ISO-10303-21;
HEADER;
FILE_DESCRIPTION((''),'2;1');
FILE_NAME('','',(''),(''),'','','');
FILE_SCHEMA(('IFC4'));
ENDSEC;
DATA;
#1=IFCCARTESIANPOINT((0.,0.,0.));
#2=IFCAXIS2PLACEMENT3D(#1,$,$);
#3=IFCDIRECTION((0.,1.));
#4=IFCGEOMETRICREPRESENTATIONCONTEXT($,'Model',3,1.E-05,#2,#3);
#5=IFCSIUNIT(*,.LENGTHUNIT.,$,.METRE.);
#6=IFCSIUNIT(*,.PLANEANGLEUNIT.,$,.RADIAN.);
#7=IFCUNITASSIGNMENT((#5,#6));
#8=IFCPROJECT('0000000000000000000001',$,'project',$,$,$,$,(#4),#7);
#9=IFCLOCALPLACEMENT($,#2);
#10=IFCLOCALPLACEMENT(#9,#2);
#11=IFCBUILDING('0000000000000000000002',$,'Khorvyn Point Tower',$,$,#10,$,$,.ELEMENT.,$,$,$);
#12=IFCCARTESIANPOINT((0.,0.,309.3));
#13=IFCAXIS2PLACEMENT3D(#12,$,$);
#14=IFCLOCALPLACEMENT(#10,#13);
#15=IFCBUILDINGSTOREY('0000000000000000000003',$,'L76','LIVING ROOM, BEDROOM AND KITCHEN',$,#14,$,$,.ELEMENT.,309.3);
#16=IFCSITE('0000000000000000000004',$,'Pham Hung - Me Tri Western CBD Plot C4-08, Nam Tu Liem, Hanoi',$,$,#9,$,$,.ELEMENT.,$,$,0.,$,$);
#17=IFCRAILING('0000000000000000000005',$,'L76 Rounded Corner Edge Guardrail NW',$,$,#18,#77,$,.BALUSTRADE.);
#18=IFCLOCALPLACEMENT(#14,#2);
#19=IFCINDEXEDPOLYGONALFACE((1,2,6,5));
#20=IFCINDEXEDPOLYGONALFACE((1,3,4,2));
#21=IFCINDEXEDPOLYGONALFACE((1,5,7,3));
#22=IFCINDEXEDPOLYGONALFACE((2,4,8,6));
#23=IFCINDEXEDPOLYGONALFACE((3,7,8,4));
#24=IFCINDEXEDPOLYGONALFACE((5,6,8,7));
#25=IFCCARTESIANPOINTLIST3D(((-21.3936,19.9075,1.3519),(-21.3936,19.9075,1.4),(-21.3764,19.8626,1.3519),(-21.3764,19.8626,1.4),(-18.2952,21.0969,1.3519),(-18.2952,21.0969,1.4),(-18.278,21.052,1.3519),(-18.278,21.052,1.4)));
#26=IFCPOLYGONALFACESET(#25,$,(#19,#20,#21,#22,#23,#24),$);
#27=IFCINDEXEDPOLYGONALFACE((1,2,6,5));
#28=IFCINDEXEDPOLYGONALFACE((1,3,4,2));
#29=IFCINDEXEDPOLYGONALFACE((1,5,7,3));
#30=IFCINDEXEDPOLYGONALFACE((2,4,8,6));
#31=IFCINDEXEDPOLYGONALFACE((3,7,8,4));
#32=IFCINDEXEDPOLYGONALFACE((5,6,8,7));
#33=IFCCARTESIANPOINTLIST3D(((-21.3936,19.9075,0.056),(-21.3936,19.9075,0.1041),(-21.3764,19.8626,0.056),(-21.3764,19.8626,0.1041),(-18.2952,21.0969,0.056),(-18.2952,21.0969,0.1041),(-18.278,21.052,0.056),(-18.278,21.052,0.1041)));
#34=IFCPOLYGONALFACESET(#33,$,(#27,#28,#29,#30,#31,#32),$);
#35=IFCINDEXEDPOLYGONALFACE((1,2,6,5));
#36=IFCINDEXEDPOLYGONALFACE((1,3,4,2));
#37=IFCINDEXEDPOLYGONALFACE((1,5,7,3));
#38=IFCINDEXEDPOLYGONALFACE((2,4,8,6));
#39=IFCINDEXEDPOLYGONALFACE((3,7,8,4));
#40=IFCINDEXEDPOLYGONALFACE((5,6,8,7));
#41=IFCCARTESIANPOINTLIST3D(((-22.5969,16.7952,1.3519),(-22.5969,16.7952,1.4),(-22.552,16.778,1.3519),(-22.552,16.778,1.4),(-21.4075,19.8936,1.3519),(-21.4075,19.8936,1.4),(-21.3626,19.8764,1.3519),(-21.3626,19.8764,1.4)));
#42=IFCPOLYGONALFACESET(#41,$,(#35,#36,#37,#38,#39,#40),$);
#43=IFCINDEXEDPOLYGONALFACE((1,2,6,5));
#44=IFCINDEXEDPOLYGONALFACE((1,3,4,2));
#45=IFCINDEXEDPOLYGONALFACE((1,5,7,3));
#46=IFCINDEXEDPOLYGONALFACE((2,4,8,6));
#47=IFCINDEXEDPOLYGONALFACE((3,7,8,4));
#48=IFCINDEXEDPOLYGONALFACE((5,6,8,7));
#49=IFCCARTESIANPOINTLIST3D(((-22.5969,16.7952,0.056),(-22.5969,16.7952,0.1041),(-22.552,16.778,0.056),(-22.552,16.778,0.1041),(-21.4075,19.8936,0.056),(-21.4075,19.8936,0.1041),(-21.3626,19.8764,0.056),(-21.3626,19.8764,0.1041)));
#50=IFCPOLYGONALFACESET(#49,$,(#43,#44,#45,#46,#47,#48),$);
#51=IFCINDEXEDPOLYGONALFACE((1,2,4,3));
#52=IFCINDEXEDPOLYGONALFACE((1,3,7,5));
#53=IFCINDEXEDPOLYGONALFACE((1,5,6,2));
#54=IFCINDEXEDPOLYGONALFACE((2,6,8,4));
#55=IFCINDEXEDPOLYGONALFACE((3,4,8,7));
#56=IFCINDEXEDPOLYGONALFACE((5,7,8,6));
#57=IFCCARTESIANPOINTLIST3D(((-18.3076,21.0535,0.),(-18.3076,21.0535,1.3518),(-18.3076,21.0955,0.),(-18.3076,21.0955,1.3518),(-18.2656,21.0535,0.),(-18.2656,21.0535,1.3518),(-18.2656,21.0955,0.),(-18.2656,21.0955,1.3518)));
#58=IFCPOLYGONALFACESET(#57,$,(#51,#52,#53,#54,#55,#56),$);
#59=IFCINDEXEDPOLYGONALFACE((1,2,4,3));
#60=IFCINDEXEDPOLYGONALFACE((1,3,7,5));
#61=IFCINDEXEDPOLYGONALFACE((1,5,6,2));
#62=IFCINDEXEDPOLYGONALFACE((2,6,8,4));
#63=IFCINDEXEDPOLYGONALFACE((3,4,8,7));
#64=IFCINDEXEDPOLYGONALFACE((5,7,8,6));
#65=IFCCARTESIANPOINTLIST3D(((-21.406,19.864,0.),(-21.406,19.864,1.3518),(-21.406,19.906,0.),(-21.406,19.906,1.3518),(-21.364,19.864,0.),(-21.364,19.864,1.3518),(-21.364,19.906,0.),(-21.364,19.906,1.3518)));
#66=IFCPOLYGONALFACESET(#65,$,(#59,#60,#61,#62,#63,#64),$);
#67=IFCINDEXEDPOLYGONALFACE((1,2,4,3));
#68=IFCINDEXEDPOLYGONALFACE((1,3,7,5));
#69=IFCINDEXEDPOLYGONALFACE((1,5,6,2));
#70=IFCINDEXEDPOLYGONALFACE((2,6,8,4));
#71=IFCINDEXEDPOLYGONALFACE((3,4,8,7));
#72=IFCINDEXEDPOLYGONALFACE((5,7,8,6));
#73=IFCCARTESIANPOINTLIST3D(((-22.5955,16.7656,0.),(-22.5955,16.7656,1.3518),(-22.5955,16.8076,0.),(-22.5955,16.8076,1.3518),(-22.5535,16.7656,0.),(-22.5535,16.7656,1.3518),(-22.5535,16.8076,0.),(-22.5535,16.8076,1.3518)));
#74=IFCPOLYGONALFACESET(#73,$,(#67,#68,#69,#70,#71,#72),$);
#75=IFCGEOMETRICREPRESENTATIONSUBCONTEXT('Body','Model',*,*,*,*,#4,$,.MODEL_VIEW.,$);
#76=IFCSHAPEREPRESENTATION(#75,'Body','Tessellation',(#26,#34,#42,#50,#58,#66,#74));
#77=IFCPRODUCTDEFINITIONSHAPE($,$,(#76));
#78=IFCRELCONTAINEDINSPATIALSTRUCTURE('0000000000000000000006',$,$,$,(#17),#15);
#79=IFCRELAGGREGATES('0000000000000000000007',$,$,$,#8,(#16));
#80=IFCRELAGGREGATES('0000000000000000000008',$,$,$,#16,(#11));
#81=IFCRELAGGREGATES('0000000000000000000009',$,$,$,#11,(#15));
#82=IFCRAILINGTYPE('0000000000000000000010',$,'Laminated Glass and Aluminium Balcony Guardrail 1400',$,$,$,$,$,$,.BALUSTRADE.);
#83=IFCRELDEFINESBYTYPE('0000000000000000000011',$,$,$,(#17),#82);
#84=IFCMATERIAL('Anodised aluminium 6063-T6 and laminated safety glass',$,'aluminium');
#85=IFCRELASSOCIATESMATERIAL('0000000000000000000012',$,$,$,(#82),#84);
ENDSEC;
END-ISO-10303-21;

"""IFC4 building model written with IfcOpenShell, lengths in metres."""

from ifc_helpers import new_model, si_unit, direction, frame, origin, origin_2d, place, context, subcontext, project, spatial, rectangle, extrude, material, type_object, element, save


model = new_model("IFC4")

# Units and contexts
model_context = context("Model", 3, precision=1e-05, world=origin(), true_north=direction((0.0, 1.0)))
body_context = subcontext(model_context, "Body", "Model", "MODEL_VIEW")
ifc_project = project(units=[si_unit("LENGTHUNIT", "METRE"), si_unit("PLANEANGLEUNIT", "RADIAN")], contexts=[model_context])

# Site, building, storey
site_placement = place(None, origin())
site = spatial("IfcSite", under=ifc_project, at=site_placement, Name="Pham Hung - Me Tri Western CBD Plot C4-08, Nam Tu Liem, Hanoi", CompositionType="ELEMENT", RefElevation=0.0)
building_placement = place(site_placement, origin())
building = spatial("IfcBuilding", under=site, at=building_placement, Name="Khorvyn Point Tower", CompositionType="ELEMENT")
storey_placement = place(building_placement, frame((0.0, 0.0, 309.3)))
storey = spatial("IfcBuildingStorey", under=building, at=storey_placement, Name="L76", Description="LIVING ROOM, BEDROOM AND KITCHEN", CompositionType="ELEMENT", Elevation=309.3)

# Railing
ifc_material_1 = material(Name="Anodised aluminium 6063-T6 and laminated safety glass", Category="aluminium")
railing_type = type_object("IfcRailingType", Name="Laminated Glass and Aluminium Balcony Guardrail 1400", PredefinedType="BALUSTRADE", material=ifc_material_1)
railing_placement = place(storey_placement, frame((-18.2866, 21.0745, 0.0)))
element("IfcRailing", 1, at=railing_placement, inside=storey, type_object=railing_type, Name="L76 Rounded Corner Edge Guardrail NW", PredefinedType="BALUSTRADE", context=body_context, shape_type="SweptSolid", body=[
    extrude(rectangle(XDim=0.0481, YDim=0.0481, at=origin_2d()), frame((0.0, 0.0, 1.376), z_axis=(-0.933571, -0.358392, 0.0), x_axis=(0.358392, -0.933571, 0.0)), (0.0, 0.0, 1.0), 3.3188),
    extrude(rectangle(XDim=0.0481, YDim=0.0481, at=origin_2d()), frame((0.0, 0.0, 0.0801), z_axis=(-0.933571, -0.358392, 0.0), x_axis=(0.358392, -0.933571, 0.0)), (0.0, 0.0, 1.0), 3.3188),
    extrude(rectangle(XDim=0.0481, YDim=0.0481, at=origin_2d()), frame((-3.0984, -1.1895, 1.376), z_axis=(-0.358392, -0.933571, 0.0), x_axis=(0.933571, -0.358392, 0.0)), (0.0, 0.0, 1.0), 3.3188),
    extrude(rectangle(XDim=0.0481, YDim=0.0481, at=origin_2d()), frame((-3.0984, -1.1895, 0.0801), z_axis=(-0.358392, -0.933571, 0.0), x_axis=(0.933571, -0.358392, 0.0)), (0.0, 0.0, 1.0), 3.3188),
    extrude(rectangle(XDim=0.042, YDim=0.042, at=origin_2d()), origin(), (0.0, 0.0, 1.0), 1.3518),
    extrude(rectangle(XDim=0.042, YDim=0.042, at=origin_2d()), frame((-3.0984, -1.1895, 0.0)), (0.0, 0.0, 1.0), 1.3518),
    extrude(rectangle(XDim=0.042, YDim=0.042, at=origin_2d()), frame((-4.2878, -4.2878, 0.0)), (0.0, 0.0, 1.0), 1.3518),
])

save(model, "model.ifc")
